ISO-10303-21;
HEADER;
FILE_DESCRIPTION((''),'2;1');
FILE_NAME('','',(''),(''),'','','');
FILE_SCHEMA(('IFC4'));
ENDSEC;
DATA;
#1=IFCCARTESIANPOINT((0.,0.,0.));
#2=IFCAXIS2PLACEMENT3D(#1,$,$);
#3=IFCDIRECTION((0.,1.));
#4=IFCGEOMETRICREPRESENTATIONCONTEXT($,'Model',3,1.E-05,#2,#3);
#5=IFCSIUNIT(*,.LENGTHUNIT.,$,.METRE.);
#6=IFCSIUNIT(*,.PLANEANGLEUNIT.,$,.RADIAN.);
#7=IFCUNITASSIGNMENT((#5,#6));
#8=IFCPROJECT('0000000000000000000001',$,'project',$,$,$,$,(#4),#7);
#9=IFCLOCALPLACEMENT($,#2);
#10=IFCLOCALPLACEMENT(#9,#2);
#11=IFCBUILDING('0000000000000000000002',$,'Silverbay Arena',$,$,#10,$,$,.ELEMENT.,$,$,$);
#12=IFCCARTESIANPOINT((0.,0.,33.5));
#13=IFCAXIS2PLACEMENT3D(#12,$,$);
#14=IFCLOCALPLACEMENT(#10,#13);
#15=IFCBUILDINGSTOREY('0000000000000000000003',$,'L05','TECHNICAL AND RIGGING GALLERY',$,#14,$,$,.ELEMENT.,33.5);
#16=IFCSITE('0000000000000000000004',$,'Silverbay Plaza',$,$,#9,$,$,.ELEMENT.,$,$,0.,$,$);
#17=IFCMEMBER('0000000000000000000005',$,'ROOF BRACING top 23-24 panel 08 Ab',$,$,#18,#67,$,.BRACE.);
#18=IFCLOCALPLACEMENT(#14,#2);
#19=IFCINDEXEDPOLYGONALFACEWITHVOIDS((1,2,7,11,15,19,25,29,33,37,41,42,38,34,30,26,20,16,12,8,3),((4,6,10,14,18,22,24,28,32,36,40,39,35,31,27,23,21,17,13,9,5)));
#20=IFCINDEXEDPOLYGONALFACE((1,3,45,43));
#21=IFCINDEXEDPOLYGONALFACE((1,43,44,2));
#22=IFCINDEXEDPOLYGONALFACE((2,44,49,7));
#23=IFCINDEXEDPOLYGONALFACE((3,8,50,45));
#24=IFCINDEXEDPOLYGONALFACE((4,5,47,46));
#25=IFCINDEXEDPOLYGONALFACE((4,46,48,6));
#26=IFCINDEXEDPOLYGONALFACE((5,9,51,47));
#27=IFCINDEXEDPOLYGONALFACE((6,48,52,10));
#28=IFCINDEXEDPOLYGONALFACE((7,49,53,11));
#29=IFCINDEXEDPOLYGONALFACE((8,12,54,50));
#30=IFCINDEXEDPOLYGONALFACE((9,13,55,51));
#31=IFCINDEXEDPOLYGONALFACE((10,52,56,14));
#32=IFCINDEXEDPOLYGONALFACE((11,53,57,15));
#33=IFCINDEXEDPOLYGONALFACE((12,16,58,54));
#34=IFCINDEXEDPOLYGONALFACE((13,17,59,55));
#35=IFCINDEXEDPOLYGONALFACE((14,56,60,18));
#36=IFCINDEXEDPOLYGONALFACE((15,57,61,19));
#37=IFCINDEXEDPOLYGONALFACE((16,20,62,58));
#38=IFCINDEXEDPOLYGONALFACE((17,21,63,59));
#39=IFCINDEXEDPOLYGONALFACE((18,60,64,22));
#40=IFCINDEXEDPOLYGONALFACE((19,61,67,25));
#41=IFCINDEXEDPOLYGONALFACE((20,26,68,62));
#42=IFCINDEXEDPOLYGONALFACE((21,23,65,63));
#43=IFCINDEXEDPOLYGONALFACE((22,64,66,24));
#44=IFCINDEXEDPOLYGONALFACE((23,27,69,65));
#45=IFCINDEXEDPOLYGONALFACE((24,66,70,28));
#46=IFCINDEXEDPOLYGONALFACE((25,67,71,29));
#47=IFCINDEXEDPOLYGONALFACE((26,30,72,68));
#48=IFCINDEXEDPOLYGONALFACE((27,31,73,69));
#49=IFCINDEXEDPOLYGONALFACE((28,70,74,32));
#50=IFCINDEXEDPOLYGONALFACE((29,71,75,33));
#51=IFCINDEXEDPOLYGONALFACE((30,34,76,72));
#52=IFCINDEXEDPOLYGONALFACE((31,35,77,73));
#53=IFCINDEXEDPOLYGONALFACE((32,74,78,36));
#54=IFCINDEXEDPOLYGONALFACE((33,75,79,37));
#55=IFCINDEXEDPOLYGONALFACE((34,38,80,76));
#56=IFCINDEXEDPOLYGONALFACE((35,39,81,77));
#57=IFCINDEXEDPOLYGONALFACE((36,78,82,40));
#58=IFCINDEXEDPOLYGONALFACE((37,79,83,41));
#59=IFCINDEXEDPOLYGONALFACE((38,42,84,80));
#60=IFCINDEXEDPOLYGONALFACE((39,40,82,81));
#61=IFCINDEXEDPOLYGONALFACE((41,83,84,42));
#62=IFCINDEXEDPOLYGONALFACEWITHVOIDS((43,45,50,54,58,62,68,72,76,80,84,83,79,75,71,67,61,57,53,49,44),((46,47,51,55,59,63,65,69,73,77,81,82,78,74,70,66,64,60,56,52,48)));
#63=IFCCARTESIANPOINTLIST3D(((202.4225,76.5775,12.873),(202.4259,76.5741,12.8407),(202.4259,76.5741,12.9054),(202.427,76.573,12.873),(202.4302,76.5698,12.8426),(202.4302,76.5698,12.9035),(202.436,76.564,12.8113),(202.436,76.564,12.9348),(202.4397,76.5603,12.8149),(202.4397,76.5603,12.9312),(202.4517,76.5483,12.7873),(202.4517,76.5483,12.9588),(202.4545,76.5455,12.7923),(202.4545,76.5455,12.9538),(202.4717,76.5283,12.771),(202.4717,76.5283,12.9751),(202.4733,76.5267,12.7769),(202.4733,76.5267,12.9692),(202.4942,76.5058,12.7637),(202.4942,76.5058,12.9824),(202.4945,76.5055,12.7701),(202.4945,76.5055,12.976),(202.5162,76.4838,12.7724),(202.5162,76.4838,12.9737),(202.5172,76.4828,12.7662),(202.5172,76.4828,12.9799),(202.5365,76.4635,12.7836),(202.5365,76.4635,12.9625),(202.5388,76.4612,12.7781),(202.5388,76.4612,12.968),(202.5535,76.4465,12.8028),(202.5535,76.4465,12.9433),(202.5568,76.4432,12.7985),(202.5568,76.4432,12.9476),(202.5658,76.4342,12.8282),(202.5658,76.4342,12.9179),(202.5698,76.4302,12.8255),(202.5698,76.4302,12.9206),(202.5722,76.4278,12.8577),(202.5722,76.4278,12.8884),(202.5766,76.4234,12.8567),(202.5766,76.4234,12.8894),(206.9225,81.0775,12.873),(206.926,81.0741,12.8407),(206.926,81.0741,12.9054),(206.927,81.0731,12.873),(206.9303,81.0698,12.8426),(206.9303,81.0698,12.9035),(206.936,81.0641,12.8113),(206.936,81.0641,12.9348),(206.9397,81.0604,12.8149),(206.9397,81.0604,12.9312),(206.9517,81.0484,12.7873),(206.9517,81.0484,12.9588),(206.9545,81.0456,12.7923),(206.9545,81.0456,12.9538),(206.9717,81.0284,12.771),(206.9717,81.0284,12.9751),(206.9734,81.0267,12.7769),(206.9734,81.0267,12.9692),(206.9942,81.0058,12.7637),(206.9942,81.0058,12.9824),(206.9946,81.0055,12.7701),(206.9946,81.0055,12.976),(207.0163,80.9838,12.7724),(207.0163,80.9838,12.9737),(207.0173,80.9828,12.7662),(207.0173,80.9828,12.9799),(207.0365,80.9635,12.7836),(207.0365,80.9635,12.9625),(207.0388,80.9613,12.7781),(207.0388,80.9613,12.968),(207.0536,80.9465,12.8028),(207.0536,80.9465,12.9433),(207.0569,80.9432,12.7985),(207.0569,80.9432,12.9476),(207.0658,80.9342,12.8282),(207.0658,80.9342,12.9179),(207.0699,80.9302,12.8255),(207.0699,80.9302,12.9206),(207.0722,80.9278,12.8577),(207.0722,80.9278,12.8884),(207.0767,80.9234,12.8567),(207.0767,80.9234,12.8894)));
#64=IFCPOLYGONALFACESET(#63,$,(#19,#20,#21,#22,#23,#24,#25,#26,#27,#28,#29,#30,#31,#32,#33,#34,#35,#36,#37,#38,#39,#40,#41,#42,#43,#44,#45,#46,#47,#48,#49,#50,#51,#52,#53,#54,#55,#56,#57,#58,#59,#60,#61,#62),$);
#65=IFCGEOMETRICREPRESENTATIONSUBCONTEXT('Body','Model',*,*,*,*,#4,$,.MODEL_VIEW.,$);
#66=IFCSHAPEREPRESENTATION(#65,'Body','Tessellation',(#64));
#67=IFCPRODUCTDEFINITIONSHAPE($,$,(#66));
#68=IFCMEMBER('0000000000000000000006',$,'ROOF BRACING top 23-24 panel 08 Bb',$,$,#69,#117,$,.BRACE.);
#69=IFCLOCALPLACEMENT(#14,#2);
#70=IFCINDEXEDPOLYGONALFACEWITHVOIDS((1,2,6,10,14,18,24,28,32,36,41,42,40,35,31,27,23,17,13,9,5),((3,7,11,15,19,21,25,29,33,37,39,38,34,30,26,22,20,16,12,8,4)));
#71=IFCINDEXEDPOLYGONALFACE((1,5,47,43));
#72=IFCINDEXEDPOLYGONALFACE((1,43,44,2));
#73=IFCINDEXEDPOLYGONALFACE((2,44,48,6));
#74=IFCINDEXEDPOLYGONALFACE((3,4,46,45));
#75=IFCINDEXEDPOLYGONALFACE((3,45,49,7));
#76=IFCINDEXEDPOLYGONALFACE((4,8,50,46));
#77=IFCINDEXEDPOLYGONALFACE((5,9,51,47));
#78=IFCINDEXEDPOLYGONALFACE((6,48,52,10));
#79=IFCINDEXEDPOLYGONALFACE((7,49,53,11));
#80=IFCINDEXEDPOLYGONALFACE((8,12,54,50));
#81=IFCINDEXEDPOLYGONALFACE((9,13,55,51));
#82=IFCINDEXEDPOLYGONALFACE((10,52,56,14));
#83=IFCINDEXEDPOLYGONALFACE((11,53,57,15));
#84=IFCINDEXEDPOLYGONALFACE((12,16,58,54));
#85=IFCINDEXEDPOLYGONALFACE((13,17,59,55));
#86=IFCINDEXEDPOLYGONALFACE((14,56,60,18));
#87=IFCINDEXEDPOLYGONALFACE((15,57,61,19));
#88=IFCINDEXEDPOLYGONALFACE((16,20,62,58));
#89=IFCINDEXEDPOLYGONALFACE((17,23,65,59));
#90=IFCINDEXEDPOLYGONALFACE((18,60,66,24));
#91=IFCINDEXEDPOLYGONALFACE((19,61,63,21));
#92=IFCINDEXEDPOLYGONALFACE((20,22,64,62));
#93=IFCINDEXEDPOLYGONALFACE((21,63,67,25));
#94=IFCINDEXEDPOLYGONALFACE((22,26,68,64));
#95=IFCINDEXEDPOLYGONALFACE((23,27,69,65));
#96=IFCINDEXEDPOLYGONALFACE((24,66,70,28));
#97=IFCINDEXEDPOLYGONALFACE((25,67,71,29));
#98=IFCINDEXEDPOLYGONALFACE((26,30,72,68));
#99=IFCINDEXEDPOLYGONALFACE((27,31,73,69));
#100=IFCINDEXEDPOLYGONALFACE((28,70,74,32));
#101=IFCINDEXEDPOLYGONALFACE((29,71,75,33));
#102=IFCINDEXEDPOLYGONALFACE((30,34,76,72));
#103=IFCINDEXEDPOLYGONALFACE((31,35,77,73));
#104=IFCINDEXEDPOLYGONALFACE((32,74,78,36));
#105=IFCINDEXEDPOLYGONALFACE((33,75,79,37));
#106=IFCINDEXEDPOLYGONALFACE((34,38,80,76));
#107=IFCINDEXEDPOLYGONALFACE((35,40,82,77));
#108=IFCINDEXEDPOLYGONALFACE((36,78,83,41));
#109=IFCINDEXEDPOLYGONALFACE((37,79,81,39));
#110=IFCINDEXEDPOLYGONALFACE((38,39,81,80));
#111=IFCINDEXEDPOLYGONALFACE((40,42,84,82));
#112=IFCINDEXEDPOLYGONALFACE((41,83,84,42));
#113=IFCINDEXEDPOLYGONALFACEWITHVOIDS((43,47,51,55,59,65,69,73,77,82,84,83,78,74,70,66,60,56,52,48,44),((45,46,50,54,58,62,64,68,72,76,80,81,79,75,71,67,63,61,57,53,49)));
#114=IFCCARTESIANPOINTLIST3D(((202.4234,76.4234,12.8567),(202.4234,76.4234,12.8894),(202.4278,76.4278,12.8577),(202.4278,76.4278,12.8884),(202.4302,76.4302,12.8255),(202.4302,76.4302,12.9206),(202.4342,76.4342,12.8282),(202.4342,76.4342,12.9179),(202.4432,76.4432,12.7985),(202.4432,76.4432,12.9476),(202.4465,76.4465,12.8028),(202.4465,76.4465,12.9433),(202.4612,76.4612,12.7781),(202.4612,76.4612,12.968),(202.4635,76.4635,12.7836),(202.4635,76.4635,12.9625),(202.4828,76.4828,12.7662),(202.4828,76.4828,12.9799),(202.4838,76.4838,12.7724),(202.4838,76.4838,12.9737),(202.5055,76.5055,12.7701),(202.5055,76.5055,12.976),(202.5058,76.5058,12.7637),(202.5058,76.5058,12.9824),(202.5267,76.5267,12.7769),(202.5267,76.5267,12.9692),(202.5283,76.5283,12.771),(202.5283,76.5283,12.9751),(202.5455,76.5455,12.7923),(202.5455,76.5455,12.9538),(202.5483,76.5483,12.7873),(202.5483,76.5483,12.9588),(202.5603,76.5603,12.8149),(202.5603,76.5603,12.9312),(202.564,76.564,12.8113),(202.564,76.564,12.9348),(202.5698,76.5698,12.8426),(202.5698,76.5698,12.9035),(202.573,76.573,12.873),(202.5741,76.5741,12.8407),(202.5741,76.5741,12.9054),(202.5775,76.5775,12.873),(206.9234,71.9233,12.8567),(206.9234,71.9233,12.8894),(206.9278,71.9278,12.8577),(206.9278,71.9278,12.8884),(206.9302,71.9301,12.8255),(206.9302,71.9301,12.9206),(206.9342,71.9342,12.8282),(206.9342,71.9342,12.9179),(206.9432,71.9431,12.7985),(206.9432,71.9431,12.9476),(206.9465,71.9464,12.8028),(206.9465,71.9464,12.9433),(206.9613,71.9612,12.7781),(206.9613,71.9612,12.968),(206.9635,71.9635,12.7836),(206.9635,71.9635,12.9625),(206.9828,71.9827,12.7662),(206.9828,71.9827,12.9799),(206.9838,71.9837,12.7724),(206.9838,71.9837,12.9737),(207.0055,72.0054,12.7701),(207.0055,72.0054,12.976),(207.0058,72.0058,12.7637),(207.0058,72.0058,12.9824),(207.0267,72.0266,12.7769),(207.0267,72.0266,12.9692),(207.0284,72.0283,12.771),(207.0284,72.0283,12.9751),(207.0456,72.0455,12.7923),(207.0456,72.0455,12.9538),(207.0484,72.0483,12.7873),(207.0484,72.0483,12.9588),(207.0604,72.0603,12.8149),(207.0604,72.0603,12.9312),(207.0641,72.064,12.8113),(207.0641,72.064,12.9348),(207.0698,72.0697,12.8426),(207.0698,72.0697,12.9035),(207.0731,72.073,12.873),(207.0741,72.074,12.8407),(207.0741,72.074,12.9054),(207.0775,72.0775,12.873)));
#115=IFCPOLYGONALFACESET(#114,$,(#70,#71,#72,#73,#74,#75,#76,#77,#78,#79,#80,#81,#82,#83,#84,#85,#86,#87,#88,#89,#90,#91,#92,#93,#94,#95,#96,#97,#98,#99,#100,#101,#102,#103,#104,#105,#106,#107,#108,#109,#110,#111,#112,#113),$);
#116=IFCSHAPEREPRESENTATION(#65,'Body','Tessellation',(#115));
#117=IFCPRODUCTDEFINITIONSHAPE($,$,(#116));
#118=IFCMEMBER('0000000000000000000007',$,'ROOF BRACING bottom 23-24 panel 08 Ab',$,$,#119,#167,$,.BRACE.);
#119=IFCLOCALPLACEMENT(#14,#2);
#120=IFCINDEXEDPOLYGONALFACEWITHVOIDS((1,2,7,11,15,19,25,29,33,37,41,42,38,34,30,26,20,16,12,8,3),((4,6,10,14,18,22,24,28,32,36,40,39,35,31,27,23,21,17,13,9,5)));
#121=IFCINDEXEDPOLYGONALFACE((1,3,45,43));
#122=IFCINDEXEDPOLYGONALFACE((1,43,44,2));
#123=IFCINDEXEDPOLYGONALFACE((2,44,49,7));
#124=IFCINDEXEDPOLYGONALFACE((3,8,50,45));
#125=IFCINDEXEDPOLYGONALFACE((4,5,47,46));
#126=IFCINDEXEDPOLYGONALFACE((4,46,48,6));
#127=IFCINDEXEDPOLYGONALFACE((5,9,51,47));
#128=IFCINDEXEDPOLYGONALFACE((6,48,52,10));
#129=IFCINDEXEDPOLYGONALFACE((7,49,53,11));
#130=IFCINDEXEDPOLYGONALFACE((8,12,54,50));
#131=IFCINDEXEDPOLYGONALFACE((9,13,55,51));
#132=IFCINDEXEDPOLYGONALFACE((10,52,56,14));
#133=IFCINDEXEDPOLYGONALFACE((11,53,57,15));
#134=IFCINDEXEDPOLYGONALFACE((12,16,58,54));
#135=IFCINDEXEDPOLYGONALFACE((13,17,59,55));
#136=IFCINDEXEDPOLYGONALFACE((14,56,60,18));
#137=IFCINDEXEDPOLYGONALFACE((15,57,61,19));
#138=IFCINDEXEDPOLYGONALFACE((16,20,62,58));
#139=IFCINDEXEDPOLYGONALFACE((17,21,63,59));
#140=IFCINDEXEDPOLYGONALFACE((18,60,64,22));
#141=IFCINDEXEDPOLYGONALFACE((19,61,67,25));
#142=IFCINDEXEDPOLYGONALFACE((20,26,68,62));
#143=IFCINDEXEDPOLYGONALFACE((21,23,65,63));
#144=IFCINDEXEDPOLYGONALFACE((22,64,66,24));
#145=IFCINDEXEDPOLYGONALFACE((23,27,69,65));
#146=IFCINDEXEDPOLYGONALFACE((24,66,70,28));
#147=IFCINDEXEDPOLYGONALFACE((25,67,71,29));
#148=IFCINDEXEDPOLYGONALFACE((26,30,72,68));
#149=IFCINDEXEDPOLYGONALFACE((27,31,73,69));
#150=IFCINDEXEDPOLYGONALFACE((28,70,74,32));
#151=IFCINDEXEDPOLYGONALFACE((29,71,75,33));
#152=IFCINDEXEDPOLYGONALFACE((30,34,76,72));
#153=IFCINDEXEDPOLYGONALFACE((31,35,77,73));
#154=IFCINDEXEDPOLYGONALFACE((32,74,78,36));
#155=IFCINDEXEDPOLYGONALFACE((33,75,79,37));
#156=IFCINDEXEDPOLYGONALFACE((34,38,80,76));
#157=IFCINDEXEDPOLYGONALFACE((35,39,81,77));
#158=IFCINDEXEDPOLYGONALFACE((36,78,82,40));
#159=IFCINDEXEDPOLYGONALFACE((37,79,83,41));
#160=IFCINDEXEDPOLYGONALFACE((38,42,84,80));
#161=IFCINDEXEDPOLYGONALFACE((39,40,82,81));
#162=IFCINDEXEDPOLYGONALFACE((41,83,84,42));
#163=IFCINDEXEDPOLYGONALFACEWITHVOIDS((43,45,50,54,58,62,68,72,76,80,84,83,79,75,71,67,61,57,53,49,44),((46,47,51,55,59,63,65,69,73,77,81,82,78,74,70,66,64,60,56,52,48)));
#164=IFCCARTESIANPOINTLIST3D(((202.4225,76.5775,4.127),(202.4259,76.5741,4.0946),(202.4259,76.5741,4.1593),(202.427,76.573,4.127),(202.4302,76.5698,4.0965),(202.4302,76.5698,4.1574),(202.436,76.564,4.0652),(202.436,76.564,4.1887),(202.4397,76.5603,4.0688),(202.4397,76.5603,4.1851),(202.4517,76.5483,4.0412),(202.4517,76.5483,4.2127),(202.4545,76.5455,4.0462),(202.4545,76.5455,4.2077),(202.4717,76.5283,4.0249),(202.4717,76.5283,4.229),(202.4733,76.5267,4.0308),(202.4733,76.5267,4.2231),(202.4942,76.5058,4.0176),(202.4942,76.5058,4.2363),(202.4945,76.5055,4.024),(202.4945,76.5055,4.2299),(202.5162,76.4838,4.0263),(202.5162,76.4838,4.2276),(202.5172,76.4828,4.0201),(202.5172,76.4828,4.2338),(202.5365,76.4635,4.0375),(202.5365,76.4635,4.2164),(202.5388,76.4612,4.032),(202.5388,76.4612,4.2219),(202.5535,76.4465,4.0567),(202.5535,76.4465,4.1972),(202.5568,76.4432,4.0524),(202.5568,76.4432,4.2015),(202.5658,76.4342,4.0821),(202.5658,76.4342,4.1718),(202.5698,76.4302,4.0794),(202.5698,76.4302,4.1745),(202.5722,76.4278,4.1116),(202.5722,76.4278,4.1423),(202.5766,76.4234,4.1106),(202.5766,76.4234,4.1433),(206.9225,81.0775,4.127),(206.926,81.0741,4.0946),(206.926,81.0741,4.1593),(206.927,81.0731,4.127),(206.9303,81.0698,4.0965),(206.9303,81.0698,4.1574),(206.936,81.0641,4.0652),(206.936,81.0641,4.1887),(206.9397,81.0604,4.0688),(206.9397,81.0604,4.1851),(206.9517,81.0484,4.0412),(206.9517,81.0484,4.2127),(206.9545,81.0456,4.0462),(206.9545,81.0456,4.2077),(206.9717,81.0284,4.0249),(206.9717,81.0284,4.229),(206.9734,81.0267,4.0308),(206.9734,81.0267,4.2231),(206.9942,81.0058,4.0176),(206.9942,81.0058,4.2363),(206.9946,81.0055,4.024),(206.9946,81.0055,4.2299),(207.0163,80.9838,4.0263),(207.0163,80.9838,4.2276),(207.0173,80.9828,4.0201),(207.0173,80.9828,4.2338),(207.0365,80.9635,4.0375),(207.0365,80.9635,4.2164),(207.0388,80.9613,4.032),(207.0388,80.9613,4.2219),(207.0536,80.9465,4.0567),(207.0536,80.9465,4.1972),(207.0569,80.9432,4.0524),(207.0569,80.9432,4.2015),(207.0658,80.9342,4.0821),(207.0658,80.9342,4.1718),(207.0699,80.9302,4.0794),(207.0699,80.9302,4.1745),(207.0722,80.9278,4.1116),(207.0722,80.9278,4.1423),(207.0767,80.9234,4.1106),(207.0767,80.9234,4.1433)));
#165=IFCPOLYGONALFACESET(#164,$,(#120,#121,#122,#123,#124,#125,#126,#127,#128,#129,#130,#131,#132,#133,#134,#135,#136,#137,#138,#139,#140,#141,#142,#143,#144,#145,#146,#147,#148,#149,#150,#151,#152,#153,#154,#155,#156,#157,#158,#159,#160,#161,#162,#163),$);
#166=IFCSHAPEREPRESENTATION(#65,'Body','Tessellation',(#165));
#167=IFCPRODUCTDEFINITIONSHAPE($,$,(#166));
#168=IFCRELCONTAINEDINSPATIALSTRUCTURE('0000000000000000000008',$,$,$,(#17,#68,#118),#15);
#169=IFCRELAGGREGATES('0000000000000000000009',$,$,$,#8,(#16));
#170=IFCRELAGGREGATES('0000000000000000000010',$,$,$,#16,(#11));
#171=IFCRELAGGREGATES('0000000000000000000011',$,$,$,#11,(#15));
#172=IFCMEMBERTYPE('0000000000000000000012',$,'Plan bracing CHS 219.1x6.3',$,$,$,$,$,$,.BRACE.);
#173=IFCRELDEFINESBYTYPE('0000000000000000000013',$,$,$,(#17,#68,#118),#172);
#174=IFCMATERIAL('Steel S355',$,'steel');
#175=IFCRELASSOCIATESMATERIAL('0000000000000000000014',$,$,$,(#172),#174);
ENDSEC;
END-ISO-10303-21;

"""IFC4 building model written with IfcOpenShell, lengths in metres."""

from ifc_helpers import new_model, si_unit, direction, frame, origin, origin_2d, place, context, subcontext, project, spatial, hollow_circle, extrude, material, material_profile, profile_set, type_object, element, save


model = new_model("IFC4")

# Units and contexts
model_context = context("Model", 3, precision=1e-05, world=origin(), true_north=direction((0.0, 1.0)))
body_context = subcontext(model_context, "Body", "Model", "MODEL_VIEW")
ifc_project = project(units=[si_unit("LENGTHUNIT", "METRE"), si_unit("PLANEANGLEUNIT", "RADIAN")], contexts=[model_context])

# Site, building, storey
site_placement = place(None, origin())
site = spatial("IfcSite", under=ifc_project, at=site_placement, Name="Silverbay Plaza", CompositionType="ELEMENT", RefElevation=0.0)
building_placement = place(site_placement, origin())
building = spatial("IfcBuilding", under=site, at=building_placement, Name="Silverbay Arena", CompositionType="ELEMENT")
storey_placement = place(building_placement, frame((0.0, 0.0, 33.5)))
storey = spatial("IfcBuildingStorey", under=building, at=storey_placement, Name="L05", Description="TECHNICAL AND RIGGING GALLERY", CompositionType="ELEMENT", Elevation=33.5)

# Members
ifc_material_1 = material(Name="Steel S355", Category="steel")
ifc_material_profile_1 = material_profile(ifc_material_1, hollow_circle(Radius=0.1096, WallThickness=0.0063, at=origin_2d()), Name="CHS 219.1x6.3")
ifc_profile_set_1 = profile_set([ifc_material_profile_1], Name="Steel S355")
member_type_1 = type_object("IfcMemberType", Name="Plan bracing CHS 219.1x6.3", PredefinedType="BRACE", material=ifc_profile_set_1)
for number, where, z_axis, x_axis, name in (
    (1, (202.5, 76.5, 12.873), (0.707107, 0.707107, 0.0), (-0.707107, 0.707107, 0.0), "ROOF BRACING top 23-24 panel 08 Ab"),
    (2, (202.5, 76.5, 12.873), (0.707107, -0.707107, 0.0), (0.707107, 0.707107, 0.0), "ROOF BRACING top 23-24 panel 08 Bb"),
    (3, (202.5, 76.5, 4.127), (0.707107, 0.707107, 0.0), (-0.707107, 0.707107, 0.0), "ROOF BRACING bottom 23-24 panel 08 Ab"),
):
    element("IfcMember", number, at=place(storey_placement, frame(where, z_axis=z_axis, x_axis=x_axis)), inside=storey, type_object=member_type_1, Name=name, PredefinedType="BRACE", context=body_context, shape_type="SweptSolid", body=[
        extrude(hollow_circle(Radius=0.1096, WallThickness=0.0063, at=origin_2d()), origin(), (0.0, 0.0, 1.0), 6.364),
    ])

save(model, "model.ifc")
